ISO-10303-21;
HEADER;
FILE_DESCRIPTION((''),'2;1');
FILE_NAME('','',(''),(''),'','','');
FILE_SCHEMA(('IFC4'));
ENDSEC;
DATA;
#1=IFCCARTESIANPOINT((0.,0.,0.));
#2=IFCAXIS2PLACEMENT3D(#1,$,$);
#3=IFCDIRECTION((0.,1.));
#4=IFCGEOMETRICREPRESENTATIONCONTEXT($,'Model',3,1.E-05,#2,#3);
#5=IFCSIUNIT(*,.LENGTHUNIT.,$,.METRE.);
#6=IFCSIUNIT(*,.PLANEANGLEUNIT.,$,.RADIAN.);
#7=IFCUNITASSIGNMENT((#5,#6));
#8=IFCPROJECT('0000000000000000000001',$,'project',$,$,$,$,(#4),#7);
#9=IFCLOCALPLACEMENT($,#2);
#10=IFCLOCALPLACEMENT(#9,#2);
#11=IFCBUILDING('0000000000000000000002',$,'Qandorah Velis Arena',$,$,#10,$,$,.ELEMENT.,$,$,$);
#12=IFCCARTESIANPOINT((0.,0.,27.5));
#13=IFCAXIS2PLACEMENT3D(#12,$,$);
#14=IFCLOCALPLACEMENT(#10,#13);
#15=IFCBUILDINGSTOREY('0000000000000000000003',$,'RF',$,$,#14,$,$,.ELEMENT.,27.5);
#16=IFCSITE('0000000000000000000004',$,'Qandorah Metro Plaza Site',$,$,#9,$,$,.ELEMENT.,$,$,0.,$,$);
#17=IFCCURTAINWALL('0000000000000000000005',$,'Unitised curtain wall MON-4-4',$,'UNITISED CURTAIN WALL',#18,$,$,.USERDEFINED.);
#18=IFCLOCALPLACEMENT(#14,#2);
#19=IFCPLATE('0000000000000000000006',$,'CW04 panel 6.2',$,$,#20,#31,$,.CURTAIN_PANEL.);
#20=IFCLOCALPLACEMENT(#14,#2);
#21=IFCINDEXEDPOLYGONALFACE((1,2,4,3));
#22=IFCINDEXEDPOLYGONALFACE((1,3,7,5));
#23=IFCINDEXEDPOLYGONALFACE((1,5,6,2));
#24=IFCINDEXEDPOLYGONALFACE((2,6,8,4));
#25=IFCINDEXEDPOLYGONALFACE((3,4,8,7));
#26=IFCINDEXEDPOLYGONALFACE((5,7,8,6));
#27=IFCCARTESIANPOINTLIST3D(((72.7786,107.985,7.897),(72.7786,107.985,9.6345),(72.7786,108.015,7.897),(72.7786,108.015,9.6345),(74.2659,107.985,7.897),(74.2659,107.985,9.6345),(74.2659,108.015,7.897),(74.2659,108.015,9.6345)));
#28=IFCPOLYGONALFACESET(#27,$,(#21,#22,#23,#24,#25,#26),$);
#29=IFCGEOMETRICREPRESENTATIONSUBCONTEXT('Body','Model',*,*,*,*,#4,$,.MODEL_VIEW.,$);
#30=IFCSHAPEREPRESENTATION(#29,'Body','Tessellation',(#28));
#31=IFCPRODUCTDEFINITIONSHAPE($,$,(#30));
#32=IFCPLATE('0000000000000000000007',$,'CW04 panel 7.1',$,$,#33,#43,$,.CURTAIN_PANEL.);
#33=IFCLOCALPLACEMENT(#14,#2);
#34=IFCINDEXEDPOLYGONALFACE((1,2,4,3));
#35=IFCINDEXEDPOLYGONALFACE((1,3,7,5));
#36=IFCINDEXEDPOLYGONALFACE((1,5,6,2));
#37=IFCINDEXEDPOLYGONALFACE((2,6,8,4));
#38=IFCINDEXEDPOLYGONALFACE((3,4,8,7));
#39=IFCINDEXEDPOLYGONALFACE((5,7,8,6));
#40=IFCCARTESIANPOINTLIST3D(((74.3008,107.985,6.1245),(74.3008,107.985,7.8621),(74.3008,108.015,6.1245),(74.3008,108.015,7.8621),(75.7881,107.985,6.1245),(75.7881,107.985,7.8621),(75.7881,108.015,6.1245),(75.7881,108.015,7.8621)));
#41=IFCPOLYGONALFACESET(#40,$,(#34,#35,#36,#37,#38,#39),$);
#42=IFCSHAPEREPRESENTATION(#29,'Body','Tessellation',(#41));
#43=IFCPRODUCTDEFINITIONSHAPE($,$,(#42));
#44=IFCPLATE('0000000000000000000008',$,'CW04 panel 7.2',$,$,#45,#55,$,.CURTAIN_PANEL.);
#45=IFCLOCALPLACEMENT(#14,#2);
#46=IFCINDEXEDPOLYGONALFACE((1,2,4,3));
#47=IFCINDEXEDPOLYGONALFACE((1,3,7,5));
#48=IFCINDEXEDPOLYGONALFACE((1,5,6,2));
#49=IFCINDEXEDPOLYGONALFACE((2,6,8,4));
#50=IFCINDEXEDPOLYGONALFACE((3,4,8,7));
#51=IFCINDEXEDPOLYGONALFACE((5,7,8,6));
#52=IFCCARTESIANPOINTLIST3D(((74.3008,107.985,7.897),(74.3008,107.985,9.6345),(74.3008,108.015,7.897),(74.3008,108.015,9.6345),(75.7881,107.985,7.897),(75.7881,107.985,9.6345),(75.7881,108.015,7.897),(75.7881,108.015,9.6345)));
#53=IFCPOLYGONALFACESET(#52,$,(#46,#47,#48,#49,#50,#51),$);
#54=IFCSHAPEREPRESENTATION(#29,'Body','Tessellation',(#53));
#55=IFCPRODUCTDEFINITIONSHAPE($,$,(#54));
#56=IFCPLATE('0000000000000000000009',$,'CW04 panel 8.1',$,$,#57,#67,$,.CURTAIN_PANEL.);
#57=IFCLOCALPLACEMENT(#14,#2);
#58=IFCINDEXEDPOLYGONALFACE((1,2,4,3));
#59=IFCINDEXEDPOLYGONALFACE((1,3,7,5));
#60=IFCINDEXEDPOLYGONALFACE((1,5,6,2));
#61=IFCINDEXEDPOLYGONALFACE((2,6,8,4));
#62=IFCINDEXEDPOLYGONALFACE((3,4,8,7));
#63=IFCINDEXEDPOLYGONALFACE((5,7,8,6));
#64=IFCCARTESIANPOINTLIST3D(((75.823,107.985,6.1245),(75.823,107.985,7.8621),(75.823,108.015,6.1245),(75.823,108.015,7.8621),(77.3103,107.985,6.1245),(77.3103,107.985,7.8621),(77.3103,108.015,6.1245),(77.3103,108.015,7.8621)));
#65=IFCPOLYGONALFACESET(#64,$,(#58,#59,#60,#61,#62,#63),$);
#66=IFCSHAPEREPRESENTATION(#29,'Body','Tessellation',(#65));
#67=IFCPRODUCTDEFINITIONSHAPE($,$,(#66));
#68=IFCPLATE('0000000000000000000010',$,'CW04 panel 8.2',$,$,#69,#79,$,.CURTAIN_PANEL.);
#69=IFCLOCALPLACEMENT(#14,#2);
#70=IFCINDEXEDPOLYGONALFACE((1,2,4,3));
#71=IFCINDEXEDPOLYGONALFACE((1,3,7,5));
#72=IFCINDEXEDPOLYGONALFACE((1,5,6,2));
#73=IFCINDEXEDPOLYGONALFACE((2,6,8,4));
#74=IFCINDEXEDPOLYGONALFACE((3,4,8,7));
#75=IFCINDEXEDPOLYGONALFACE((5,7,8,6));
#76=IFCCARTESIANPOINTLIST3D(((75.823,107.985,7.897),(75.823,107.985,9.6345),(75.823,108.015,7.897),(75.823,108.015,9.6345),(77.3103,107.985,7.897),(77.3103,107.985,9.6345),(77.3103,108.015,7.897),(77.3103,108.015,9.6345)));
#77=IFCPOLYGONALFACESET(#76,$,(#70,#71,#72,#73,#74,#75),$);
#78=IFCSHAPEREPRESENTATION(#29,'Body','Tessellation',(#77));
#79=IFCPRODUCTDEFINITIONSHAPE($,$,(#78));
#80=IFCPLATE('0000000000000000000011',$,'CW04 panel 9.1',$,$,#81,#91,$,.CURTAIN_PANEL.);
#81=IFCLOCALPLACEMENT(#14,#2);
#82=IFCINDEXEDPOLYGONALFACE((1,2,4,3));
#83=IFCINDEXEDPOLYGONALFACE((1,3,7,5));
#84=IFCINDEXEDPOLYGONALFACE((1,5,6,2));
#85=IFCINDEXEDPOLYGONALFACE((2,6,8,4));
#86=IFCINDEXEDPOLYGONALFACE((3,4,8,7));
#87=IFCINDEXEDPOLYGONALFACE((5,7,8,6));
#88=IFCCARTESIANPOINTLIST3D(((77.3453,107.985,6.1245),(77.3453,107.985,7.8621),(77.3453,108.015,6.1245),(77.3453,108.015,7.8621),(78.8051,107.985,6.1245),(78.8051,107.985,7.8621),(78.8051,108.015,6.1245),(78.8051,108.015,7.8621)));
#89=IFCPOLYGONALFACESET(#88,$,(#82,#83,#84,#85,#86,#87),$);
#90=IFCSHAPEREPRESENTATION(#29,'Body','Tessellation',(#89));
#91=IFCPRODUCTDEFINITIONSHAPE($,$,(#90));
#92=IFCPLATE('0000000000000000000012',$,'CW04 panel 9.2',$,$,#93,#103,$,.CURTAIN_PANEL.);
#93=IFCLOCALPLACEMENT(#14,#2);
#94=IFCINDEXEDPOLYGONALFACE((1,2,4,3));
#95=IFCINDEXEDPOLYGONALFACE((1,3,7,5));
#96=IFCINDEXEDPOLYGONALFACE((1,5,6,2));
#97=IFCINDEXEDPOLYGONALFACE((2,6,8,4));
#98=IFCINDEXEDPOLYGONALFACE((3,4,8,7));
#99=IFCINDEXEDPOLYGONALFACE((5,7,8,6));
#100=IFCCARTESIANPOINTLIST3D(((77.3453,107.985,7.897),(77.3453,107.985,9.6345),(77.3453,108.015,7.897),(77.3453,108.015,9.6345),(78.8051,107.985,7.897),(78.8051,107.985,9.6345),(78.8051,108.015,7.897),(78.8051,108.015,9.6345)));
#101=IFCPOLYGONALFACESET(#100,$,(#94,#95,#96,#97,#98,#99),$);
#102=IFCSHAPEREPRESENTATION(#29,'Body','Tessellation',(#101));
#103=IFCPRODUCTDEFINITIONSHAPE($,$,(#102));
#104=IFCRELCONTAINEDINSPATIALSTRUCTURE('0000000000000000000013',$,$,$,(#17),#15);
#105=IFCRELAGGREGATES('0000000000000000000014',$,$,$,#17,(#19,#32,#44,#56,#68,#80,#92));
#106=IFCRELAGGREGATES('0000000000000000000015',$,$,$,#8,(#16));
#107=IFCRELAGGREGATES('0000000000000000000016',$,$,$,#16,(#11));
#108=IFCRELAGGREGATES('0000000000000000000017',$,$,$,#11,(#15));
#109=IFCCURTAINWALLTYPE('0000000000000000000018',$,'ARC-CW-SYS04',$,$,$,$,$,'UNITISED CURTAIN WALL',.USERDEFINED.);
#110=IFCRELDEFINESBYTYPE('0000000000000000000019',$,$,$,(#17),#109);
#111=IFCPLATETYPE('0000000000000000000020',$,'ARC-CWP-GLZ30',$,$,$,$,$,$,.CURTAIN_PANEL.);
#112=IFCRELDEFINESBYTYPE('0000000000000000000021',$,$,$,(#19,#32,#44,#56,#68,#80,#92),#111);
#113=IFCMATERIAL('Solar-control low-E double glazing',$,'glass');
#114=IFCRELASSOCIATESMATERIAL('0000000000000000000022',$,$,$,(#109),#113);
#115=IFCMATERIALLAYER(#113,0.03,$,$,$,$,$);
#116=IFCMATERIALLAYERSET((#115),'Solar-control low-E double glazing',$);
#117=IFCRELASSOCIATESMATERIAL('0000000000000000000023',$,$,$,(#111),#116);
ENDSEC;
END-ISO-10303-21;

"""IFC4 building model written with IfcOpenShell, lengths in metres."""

from ifc_helpers import new_model, si_unit, direction, frame, origin, origin_2d, place, context, subcontext, project, spatial, rectangle, extrude, material, layer, layer_set, type_object, element, aggregate, save


model = new_model("IFC4")

# Units and contexts
model_context = context("Model", 3, precision=1e-05, world=origin(), true_north=direction((0.0, 1.0)))
body_context = subcontext(model_context, "Body", "Model", "MODEL_VIEW")
ifc_project = project(units=[si_unit("LENGTHUNIT", "METRE"), si_unit("PLANEANGLEUNIT", "RADIAN")], contexts=[model_context])

# Site, building, storey
site_placement = place(None, origin())
site = spatial("IfcSite", under=ifc_project, at=site_placement, Name="Qandorah Metro Plaza Site", CompositionType="ELEMENT", RefElevation=0.0)
building_placement = place(site_placement, origin())
building = spatial("IfcBuilding", under=site, at=building_placement, Name="Qandorah Velis Arena", CompositionType="ELEMENT")
storey_placement = place(building_placement, frame((0.0, 0.0, 27.5)))
storey = spatial("IfcBuildingStorey", under=building, at=storey_placement, Name="RF", CompositionType="ELEMENT", Elevation=27.5)

# Curtain wall
ifc_material_1 = material(Name="Solar-control low-E double glazing", Category="glass")
curtain_wall_type = type_object("IfcCurtainWallType", Name="ARC-CW-SYS04", ElementType="UNITISED CURTAIN WALL", PredefinedType="USERDEFINED", material=ifc_material_1)
curtain_wall_placement = place(storey_placement, origin())
curtain_wall = element("IfcCurtainWall", 1, at=curtain_wall_placement, inside=storey, type_object=curtain_wall_type, Name="Unitised curtain wall MON-4-4", ObjectType="UNITISED CURTAIN WALL", PredefinedType="USERDEFINED")

# Plates
ifc_layer = layer(ifc_material_1, 0.03)
ifc_layer_set = layer_set([ifc_layer], Name="Solar-control low-E double glazing")
plate_type = type_object("IfcPlateType", Name="ARC-CWP-GLZ30", PredefinedType="CURTAIN_PANEL", material=ifc_layer_set)
plate_1_placement = place(storey_placement, frame((73.5222, 108.0, 7.897), z_axis=(0.0, 0.0, 1.0), x_axis=(1.0, 0.0, 0.0)))
plate_1 = element("IfcPlate", 2, at=plate_1_placement, type_object=plate_type, Name="CW04 panel 6.2", PredefinedType="CURTAIN_PANEL", context=body_context, shape_type="SweptSolid", body=[
    extrude(rectangle(XDim=1.4873, YDim=0.03, at=origin_2d()), origin(), (0.0, 0.0, 1.0), 1.7375),
])
plate_2_placement = place(storey_placement, frame((75.0444, 108.0, 6.1245), z_axis=(0.0, 0.0, 1.0), x_axis=(1.0, 0.0, 0.0)))
plate_2 = element("IfcPlate", 3, at=plate_2_placement, type_object=plate_type, Name="CW04 panel 7.1", PredefinedType="CURTAIN_PANEL", context=body_context, shape_type="SweptSolid", body=[
    extrude(rectangle(XDim=1.4873, YDim=0.03, at=origin_2d()), origin(), (0.0, 0.0, 1.0), 1.7375),
])
plate_3_placement = place(storey_placement, frame((75.0444, 108.0, 7.897), z_axis=(0.0, 0.0, 1.0), x_axis=(1.0, 0.0, 0.0)))
plate_3 = element("IfcPlate", 4, at=plate_3_placement, type_object=plate_type, Name="CW04 panel 7.2", PredefinedType="CURTAIN_PANEL", context=body_context, shape_type="SweptSolid", body=[
    extrude(rectangle(XDim=1.4873, YDim=0.03, at=origin_2d()), origin(), (0.0, 0.0, 1.0), 1.7375),
])
plate_4_placement = place(storey_placement, frame((76.5667, 108.0, 6.1245), z_axis=(0.0, 0.0, 1.0), x_axis=(1.0, 0.0, 0.0)))
plate_4 = element("IfcPlate", 5, at=plate_4_placement, type_object=plate_type, Name="CW04 panel 8.1", PredefinedType="CURTAIN_PANEL", context=body_context, shape_type="SweptSolid", body=[
    extrude(rectangle(XDim=1.4873, YDim=0.03, at=origin_2d()), origin(), (0.0, 0.0, 1.0), 1.7375),
])
plate_5_placement = place(storey_placement, frame((76.5667, 108.0, 7.897), z_axis=(0.0, 0.0, 1.0), x_axis=(1.0, 0.0, 0.0)))
plate_5 = element("IfcPlate", 6, at=plate_5_placement, type_object=plate_type, Name="CW04 panel 8.2", PredefinedType="CURTAIN_PANEL", context=body_context, shape_type="SweptSolid", body=[
    extrude(rectangle(XDim=1.4873, YDim=0.03, at=origin_2d()), origin(), (0.0, 0.0, 1.0), 1.7375),
])
plate_6_placement = place(storey_placement, frame((78.0752, 108.0, 6.1245), z_axis=(0.0, 0.0, 1.0), x_axis=(1.0, 0.0, 0.0)))
plate_6 = element("IfcPlate", 7, at=plate_6_placement, type_object=plate_type, Name="CW04 panel 9.1", PredefinedType="CURTAIN_PANEL", context=body_context, shape_type="SweptSolid", body=[
    extrude(rectangle(XDim=1.4597, YDim=0.03, at=origin_2d()), origin(), (0.0, 0.0, 1.0), 1.7375),
])
plate_7_placement = place(storey_placement, frame((78.0752, 108.0, 7.897), z_axis=(0.0, 0.0, 1.0), x_axis=(1.0, 0.0, 0.0)))
plate_7 = element("IfcPlate", 8, at=plate_7_placement, type_object=plate_type, Name="CW04 panel 9.2", PredefinedType="CURTAIN_PANEL", context=body_context, shape_type="SweptSolid", body=[
    extrude(rectangle(XDim=1.4597, YDim=0.03, at=origin_2d()), origin(), (0.0, 0.0, 1.0), 1.7375),
])
aggregate(curtain_wall, [plate_1, plate_2, plate_3, plate_4, plate_5, plate_6, plate_7])

save(model, "model.ifc")
